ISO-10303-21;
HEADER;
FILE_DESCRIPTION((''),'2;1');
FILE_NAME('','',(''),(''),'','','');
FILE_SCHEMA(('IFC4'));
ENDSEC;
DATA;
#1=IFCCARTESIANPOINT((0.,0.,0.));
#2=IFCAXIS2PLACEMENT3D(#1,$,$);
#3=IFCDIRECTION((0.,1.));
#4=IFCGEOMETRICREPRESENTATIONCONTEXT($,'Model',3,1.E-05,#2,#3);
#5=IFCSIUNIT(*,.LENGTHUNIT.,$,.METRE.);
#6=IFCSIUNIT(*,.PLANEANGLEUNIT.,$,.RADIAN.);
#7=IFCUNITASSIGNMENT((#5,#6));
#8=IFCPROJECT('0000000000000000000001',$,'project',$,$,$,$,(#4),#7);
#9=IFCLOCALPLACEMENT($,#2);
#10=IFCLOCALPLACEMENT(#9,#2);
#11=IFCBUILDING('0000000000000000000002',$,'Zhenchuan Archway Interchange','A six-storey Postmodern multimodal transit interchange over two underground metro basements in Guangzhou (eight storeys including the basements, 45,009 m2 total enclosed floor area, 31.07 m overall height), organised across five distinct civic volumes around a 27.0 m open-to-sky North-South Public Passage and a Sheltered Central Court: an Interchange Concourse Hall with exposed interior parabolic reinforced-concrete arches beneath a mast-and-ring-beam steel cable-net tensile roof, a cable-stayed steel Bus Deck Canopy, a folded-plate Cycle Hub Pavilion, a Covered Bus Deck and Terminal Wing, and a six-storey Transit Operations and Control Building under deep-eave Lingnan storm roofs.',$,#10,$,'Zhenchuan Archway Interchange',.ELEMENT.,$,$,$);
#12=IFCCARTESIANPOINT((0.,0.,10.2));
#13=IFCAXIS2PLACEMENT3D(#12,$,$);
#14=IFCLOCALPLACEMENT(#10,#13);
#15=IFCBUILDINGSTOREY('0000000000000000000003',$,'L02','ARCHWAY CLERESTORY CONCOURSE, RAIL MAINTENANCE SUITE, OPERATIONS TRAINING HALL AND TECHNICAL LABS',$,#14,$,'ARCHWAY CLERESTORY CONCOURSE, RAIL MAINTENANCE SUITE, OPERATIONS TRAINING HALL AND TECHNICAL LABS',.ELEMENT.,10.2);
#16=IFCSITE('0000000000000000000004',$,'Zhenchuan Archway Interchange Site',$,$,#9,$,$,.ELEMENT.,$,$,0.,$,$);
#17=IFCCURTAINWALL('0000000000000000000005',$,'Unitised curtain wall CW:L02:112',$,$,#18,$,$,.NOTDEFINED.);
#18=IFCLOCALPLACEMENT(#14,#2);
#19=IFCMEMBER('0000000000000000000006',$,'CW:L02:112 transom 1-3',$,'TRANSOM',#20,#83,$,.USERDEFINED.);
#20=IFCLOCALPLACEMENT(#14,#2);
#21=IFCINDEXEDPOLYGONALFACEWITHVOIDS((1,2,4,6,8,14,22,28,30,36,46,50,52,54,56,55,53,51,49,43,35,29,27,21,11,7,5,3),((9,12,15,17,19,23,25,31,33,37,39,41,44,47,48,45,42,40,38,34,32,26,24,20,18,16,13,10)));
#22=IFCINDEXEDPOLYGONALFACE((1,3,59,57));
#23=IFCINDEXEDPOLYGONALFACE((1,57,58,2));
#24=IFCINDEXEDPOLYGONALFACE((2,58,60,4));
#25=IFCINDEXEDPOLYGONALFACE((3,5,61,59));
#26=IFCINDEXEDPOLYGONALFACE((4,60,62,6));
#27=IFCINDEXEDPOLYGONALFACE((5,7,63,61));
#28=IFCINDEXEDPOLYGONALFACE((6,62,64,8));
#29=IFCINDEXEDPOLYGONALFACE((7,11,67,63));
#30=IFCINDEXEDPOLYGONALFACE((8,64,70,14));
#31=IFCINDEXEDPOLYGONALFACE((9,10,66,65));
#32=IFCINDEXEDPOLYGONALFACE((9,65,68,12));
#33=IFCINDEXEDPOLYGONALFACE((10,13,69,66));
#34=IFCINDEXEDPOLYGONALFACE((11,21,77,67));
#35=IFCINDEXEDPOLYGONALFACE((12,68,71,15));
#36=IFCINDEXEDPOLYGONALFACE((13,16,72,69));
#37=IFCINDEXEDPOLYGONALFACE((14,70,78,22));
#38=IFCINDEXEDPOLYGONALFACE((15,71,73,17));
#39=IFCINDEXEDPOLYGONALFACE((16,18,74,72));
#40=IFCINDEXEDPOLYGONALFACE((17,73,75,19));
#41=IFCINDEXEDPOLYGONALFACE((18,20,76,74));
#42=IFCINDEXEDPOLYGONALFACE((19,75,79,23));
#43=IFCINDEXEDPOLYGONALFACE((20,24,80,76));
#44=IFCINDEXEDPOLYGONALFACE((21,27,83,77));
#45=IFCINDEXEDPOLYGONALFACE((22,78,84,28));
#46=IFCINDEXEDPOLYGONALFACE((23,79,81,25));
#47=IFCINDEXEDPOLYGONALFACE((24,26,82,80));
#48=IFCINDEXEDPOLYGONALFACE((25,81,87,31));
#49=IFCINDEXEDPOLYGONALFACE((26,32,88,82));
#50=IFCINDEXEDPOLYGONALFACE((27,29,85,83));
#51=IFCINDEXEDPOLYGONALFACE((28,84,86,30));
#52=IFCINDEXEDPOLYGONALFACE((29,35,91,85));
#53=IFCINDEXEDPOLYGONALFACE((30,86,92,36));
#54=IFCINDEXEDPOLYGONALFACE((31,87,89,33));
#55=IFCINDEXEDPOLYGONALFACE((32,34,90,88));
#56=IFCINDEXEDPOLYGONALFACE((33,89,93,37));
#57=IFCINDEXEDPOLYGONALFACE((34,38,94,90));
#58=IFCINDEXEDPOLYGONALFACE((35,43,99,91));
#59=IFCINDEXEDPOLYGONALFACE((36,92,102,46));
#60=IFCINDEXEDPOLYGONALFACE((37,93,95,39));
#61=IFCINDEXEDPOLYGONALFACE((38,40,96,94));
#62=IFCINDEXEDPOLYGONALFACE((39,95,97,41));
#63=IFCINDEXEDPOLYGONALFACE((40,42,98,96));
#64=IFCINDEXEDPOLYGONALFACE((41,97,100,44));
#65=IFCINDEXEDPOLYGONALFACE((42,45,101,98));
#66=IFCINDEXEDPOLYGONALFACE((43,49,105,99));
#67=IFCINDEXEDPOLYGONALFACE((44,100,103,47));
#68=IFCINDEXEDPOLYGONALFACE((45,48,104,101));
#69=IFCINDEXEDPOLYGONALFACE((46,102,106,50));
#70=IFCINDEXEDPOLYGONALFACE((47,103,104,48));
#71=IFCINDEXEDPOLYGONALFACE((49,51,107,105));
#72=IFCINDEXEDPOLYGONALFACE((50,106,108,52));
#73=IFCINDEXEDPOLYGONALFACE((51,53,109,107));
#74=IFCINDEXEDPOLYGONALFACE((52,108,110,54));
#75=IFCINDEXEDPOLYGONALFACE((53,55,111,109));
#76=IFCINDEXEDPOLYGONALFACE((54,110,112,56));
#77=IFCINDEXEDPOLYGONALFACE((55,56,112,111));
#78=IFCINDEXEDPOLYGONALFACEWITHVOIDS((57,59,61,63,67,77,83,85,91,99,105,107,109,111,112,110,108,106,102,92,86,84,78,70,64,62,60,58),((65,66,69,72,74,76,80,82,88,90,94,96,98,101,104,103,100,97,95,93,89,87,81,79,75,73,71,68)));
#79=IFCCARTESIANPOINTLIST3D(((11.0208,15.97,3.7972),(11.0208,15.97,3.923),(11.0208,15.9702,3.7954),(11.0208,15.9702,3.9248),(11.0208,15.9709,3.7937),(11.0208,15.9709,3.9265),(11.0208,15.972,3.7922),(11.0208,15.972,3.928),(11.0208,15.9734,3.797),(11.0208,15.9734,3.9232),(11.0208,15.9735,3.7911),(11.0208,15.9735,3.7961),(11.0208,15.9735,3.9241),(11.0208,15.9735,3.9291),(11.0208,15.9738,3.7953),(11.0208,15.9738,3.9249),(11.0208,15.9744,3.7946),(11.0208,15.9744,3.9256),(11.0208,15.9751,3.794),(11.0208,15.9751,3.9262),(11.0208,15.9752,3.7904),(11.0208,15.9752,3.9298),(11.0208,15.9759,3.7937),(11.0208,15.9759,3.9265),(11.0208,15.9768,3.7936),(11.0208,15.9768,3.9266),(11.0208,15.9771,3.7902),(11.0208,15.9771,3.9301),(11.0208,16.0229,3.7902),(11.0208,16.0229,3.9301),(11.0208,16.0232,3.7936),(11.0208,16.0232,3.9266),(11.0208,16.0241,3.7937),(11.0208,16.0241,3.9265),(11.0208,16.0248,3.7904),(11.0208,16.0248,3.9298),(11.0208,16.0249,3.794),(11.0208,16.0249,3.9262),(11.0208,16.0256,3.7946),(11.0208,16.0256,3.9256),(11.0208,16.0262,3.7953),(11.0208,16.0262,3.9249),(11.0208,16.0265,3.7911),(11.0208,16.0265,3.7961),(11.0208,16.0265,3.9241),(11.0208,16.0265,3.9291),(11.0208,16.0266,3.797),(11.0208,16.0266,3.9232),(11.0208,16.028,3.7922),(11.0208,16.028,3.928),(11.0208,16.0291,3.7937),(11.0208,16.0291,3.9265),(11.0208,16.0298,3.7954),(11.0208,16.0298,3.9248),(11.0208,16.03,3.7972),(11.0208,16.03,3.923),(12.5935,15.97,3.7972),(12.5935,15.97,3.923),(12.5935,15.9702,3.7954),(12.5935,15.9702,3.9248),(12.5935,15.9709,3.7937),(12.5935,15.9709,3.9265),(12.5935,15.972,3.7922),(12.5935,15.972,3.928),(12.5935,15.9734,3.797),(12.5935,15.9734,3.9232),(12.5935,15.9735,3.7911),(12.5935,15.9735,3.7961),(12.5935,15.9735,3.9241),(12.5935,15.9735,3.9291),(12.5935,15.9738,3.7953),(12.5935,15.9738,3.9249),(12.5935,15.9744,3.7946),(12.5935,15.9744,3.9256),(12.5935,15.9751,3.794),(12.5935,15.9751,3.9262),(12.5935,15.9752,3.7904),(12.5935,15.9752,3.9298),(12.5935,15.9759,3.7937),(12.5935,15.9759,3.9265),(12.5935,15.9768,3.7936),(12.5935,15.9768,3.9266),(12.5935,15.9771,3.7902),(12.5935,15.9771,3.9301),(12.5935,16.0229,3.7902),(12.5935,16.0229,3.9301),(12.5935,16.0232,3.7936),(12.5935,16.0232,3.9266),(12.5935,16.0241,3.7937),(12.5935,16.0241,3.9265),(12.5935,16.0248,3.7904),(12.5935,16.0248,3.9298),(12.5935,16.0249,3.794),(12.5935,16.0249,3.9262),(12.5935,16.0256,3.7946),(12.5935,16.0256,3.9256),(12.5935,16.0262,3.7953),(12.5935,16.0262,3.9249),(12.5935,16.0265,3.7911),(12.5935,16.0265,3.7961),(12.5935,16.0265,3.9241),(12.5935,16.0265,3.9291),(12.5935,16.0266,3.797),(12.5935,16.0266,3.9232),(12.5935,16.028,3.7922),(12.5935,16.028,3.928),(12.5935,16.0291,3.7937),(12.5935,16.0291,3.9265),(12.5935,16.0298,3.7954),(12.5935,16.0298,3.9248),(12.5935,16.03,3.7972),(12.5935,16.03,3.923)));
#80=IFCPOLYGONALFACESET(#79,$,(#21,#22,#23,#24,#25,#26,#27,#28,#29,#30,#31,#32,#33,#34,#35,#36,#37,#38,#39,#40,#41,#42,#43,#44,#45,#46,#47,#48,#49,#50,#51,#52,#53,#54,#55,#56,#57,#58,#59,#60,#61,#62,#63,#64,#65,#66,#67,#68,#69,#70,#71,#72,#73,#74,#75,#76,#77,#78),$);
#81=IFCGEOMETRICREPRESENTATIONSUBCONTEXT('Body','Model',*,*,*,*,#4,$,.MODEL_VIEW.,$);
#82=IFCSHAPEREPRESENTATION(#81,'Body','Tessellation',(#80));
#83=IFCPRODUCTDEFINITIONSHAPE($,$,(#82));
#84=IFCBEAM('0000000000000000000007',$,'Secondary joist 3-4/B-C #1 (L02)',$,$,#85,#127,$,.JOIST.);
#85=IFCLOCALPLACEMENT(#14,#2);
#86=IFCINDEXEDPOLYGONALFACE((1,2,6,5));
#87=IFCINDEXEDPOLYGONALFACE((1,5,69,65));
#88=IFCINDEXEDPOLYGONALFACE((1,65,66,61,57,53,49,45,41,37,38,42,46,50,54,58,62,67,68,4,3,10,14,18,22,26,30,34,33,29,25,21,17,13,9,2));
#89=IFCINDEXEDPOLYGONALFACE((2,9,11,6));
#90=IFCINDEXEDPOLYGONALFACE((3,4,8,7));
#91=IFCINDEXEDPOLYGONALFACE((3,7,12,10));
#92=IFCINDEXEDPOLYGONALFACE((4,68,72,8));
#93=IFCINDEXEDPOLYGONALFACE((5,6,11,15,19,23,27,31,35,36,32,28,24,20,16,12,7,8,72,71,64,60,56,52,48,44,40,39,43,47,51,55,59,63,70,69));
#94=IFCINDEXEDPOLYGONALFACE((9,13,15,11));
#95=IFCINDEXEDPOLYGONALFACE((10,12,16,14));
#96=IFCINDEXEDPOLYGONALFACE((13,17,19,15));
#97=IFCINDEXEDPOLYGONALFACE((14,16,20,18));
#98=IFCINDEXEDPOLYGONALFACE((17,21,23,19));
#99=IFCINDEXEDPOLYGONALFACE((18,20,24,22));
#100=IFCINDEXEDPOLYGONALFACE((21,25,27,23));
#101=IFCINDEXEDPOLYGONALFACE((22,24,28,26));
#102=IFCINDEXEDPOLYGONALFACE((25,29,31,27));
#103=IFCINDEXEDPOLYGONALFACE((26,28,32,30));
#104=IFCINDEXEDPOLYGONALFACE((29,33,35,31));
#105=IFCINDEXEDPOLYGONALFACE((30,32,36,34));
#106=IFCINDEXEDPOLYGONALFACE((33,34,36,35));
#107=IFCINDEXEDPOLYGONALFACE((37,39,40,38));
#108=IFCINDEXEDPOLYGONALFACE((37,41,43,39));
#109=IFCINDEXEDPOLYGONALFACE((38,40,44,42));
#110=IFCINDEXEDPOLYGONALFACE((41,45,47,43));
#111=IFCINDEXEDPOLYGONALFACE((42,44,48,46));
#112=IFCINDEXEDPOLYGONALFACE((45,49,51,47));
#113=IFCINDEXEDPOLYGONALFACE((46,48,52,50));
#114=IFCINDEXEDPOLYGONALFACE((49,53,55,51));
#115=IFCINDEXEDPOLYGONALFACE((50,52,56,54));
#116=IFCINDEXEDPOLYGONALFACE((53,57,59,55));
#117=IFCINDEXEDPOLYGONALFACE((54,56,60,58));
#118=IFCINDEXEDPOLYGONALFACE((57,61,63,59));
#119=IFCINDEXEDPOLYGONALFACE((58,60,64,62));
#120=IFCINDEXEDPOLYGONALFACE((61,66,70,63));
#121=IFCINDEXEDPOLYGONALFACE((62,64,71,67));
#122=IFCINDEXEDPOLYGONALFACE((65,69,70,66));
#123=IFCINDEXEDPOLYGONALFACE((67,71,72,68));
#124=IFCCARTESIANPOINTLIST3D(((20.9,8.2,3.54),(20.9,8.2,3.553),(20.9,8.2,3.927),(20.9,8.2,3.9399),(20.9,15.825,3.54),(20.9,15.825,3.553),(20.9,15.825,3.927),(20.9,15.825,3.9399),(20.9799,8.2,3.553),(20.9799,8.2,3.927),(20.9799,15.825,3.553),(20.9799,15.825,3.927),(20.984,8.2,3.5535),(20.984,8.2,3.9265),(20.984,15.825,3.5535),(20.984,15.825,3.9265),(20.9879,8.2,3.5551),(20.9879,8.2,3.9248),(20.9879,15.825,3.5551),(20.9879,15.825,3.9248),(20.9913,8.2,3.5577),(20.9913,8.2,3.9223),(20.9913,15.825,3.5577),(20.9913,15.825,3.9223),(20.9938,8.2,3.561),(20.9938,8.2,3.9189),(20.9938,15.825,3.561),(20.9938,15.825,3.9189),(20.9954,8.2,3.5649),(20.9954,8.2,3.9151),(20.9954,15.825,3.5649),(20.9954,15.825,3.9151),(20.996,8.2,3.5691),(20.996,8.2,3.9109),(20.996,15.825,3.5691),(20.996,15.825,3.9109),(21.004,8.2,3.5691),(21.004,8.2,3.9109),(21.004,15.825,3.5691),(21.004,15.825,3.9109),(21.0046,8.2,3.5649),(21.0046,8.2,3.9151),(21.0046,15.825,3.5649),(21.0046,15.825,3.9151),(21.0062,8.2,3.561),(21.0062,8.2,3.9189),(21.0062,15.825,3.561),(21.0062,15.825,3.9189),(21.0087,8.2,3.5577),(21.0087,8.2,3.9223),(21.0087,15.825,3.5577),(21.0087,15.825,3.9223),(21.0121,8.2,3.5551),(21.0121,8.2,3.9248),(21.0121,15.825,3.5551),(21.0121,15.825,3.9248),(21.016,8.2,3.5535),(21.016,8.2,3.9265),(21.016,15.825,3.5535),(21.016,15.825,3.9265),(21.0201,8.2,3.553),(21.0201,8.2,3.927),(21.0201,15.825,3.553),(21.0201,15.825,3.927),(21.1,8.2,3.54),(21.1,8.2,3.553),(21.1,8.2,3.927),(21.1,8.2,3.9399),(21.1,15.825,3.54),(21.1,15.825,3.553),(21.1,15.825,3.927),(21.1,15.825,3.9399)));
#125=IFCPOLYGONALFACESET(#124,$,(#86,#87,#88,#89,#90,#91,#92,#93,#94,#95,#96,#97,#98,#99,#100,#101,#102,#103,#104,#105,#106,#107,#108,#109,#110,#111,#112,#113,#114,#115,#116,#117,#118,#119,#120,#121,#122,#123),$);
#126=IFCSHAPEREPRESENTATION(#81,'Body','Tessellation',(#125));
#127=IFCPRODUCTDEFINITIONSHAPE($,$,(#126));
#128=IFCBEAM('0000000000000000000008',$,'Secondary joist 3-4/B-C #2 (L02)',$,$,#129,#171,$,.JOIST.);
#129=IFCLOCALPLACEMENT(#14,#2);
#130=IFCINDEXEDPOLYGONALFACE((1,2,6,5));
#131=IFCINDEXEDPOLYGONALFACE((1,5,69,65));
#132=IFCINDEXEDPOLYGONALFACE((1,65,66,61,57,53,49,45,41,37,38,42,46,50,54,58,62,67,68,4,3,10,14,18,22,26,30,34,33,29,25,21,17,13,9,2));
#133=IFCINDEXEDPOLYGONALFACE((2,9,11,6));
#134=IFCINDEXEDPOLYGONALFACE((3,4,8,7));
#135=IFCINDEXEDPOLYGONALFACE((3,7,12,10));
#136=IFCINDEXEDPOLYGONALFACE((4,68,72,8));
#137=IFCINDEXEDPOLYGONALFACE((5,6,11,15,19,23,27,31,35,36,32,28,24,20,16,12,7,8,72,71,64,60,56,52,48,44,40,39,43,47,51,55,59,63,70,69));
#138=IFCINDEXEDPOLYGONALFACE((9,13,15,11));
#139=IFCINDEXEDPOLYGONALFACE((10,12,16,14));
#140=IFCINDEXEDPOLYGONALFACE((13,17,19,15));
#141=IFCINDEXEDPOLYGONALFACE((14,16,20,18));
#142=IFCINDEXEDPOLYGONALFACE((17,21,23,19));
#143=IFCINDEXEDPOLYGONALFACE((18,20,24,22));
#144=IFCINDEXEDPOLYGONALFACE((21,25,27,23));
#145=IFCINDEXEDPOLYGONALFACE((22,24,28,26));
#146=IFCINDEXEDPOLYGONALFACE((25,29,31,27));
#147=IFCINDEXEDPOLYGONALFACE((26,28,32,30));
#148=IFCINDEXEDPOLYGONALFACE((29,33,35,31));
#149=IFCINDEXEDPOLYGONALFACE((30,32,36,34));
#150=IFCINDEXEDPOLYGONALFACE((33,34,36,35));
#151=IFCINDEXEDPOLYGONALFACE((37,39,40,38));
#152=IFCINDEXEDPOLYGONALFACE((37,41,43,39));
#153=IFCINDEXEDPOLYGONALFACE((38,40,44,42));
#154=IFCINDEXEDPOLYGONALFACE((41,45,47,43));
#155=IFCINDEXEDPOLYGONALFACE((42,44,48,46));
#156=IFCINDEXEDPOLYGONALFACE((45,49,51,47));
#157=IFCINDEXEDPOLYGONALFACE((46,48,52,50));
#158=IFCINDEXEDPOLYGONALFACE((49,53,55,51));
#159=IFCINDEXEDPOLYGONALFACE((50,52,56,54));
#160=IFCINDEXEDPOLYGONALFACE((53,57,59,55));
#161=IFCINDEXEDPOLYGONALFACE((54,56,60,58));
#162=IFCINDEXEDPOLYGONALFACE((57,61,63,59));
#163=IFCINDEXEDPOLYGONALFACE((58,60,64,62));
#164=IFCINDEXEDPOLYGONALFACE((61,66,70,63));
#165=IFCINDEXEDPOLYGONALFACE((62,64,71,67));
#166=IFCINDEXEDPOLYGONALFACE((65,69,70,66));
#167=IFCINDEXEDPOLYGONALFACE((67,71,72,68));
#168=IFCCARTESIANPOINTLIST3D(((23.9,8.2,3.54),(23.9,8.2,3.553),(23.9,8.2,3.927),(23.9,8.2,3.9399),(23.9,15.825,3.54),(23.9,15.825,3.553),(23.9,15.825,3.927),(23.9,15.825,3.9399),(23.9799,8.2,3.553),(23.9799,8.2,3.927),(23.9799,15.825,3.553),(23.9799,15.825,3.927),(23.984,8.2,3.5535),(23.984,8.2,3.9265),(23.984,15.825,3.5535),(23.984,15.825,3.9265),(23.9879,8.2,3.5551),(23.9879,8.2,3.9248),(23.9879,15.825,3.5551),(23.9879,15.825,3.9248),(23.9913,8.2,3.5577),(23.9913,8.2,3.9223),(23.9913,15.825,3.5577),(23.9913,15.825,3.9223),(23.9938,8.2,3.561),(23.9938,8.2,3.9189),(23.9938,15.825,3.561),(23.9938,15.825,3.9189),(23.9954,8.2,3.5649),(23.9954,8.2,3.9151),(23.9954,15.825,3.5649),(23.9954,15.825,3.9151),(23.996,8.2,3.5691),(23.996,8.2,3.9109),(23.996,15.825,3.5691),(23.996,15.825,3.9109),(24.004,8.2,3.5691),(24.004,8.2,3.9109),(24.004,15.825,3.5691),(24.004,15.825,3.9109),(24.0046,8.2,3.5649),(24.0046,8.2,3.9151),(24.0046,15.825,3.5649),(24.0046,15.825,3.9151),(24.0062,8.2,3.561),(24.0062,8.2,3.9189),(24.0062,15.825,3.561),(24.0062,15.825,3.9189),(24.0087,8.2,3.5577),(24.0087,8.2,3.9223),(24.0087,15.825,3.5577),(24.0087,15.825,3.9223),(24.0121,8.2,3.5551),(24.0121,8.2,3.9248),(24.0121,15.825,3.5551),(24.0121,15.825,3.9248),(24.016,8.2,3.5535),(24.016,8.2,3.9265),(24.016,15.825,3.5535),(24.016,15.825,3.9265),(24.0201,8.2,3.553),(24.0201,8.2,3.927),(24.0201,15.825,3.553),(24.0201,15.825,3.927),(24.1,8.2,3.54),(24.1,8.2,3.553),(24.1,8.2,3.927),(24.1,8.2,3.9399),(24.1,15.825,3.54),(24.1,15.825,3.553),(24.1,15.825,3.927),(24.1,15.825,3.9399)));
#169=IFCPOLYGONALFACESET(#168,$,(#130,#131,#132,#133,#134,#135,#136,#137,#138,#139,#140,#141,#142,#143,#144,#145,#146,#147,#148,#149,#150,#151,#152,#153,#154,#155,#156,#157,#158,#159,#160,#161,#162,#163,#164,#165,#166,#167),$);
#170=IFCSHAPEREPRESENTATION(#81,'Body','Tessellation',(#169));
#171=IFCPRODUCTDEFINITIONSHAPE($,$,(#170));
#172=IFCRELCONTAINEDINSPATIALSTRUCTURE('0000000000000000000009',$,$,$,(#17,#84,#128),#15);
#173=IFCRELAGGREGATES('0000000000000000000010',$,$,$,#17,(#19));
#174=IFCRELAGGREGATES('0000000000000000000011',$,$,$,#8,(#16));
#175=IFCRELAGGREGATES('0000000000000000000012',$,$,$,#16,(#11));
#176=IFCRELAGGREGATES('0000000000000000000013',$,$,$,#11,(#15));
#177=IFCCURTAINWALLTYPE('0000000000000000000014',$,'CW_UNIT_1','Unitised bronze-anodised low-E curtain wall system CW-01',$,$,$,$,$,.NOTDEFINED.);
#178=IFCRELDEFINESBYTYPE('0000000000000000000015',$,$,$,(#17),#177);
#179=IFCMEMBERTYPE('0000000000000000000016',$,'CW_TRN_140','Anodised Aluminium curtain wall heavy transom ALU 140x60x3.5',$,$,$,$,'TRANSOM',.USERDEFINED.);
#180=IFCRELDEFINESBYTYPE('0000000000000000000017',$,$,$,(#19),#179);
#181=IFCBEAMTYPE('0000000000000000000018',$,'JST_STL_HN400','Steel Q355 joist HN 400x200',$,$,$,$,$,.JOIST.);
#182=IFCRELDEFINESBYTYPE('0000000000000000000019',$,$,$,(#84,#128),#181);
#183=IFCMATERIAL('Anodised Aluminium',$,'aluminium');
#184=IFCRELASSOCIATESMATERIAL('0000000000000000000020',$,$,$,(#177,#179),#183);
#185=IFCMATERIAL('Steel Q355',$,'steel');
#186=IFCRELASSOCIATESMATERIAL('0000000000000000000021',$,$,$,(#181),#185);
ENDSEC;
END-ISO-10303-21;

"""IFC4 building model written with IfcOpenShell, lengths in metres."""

from ifc_helpers import new_model, si_unit, direction, frame, origin, origin_2d, place, context, subcontext, project, spatial, hollow_rectangle, i_section, extrude, material, material_profile, profile_set, type_object, element, aggregate, save


model = new_model("IFC4")

# Units and contexts
model_context = context("Model", 3, precision=1e-05, world=origin(), true_north=direction((0.0, 1.0)))
body_context = subcontext(model_context, "Body", "Model", "MODEL_VIEW")
ifc_project = project(units=[si_unit("LENGTHUNIT", "METRE"), si_unit("PLANEANGLEUNIT", "RADIAN")], contexts=[model_context])

# Site, building, storey
site_placement = place(None, origin())
site = spatial("IfcSite", under=ifc_project, at=site_placement, Name="Zhenchuan Archway Interchange Site", CompositionType="ELEMENT", RefElevation=0.0)
building_placement = place(site_placement, origin())
building = spatial("IfcBuilding", under=site, at=building_placement, Name="Zhenchuan Archway Interchange", Description="A six-storey Postmodern multimodal transit interchange over two underground metro basements in Guangzhou (eight storeys including the basements, 45,009 m2 total enclosed floor area, 31.07 m overall height), organised across five distinct civic volumes around a 27.0 m open-to-sky North-South Public Passage and a Sheltered Central Court: an Interchange Concourse Hall with exposed interior parabolic reinforced-concrete arches beneath a mast-and-ring-beam steel cable-net tensile roof, a cable-stayed steel Bus Deck Canopy, a folded-plate Cycle Hub Pavilion, a Covered Bus Deck and Terminal Wing, and a six-storey Transit Operations and Control Building under deep-eave Lingnan storm roofs.", LongName="Zhenchuan Archway Interchange", CompositionType="ELEMENT")
storey_placement = place(building_placement, frame((0.0, 0.0, 10.2)))
storey = spatial("IfcBuildingStorey", under=building, at=storey_placement, Name="L02", Description="ARCHWAY CLERESTORY CONCOURSE, RAIL MAINTENANCE SUITE, OPERATIONS TRAINING HALL AND TECHNICAL LABS", LongName="ARCHWAY CLERESTORY CONCOURSE, RAIL MAINTENANCE SUITE, OPERATIONS TRAINING HALL AND TECHNICAL LABS", CompositionType="ELEMENT", Elevation=10.2)

# Curtain wall, member
ifc_material_1 = material(Name="Anodised Aluminium", Category="aluminium")
curtain_wall_type = type_object("IfcCurtainWallType", Name="CW_UNIT_1", Description="Unitised bronze-anodised low-E curtain wall system CW-01", PredefinedType="NOTDEFINED", material=ifc_material_1)
curtain_wall_placement = place(storey_placement, origin())
curtain_wall = element("IfcCurtainWall", 1, at=curtain_wall_placement, inside=storey, type_object=curtain_wall_type, Name="Unitised curtain wall CW:L02:112", PredefinedType="NOTDEFINED")
ifc_material_profile_1 = material_profile(ifc_material_1, hollow_rectangle(XDim=0.0601, YDim=0.1399, WallThickness=0.0034, InnerFilletRadius=0.0034, OuterFilletRadius=0.0071, at=origin_2d()), Name="ALU 140x60x3.5")
ifc_profile_set_1 = profile_set([ifc_material_profile_1], Name="Anodised Aluminium")
member_type_1 = type_object("IfcMemberType", Name="CW_TRN_140", Description="Anodised Aluminium curtain wall heavy transom ALU 140x60x3.5", ElementType="TRANSOM", PredefinedType="USERDEFINED", material=ifc_profile_set_1)
member_1_placement = place(storey_placement, frame((11.0208, 16.0, 3.8601), z_axis=(1.0, 0.0, 0.0), x_axis=(0.0, 1.0, 0.0)))
member_1 = element("IfcMember", 2, at=member_1_placement, type_object=member_type_1, Name="CW:L02:112 transom 1-3", ObjectType="TRANSOM", PredefinedType="USERDEFINED", context=body_context, shape_type="SweptSolid", body=[
    extrude(hollow_rectangle(XDim=0.0601, YDim=0.1399, WallThickness=0.0034, InnerFilletRadius=0.0034, OuterFilletRadius=0.0071, at=origin_2d()), origin(), (0.0, 0.0, 1.0), 1.5728),
])

# Beams
ifc_material_2 = material(Name="Steel Q355", Category="steel")
ifc_material_profile_2 = material_profile(ifc_material_2, i_section(OverallWidth=0.2, OverallDepth=0.3999, WebThickness=0.0081, FlangeThickness=0.0129, FilletRadius=0.0161, at=origin_2d()), Name="HN 400x200")
ifc_profile_set_2 = profile_set([ifc_material_profile_2], Name="Steel Q355")
beam_type_1 = type_object("IfcBeamType", Name="JST_STL_HN400", Description="Steel Q355 joist HN 400x200", PredefinedType="JOIST", material=ifc_profile_set_2)
for number, where, z_axis, x_axis, name in (
    (3, (21.0, 8.2, 3.74), (0.0, 1.0, 0.0), (-1.0, 0.0, 0.0), "Secondary joist 3-4/B-C #1 (L02)"),
    (4, (24.0, 8.2, 3.74), (0.0, 1.0, 0.0), (-1.0, 0.0, 0.0), "Secondary joist 3-4/B-C #2 (L02)"),
):
    element("IfcBeam", number, at=place(storey_placement, frame(where, z_axis=z_axis, x_axis=x_axis)), inside=storey, type_object=beam_type_1, Name=name, PredefinedType="JOIST", context=body_context, shape_type="SweptSolid", body=[
        extrude(i_section(OverallWidth=0.2, OverallDepth=0.3999, WebThickness=0.0081, FlangeThickness=0.0129, FilletRadius=0.0161, at=origin_2d()), origin(), (0.0, 0.0, 1.0), 7.625),
    ])

aggregate(curtain_wall, [member_1])

save(model, "model.ifc")
